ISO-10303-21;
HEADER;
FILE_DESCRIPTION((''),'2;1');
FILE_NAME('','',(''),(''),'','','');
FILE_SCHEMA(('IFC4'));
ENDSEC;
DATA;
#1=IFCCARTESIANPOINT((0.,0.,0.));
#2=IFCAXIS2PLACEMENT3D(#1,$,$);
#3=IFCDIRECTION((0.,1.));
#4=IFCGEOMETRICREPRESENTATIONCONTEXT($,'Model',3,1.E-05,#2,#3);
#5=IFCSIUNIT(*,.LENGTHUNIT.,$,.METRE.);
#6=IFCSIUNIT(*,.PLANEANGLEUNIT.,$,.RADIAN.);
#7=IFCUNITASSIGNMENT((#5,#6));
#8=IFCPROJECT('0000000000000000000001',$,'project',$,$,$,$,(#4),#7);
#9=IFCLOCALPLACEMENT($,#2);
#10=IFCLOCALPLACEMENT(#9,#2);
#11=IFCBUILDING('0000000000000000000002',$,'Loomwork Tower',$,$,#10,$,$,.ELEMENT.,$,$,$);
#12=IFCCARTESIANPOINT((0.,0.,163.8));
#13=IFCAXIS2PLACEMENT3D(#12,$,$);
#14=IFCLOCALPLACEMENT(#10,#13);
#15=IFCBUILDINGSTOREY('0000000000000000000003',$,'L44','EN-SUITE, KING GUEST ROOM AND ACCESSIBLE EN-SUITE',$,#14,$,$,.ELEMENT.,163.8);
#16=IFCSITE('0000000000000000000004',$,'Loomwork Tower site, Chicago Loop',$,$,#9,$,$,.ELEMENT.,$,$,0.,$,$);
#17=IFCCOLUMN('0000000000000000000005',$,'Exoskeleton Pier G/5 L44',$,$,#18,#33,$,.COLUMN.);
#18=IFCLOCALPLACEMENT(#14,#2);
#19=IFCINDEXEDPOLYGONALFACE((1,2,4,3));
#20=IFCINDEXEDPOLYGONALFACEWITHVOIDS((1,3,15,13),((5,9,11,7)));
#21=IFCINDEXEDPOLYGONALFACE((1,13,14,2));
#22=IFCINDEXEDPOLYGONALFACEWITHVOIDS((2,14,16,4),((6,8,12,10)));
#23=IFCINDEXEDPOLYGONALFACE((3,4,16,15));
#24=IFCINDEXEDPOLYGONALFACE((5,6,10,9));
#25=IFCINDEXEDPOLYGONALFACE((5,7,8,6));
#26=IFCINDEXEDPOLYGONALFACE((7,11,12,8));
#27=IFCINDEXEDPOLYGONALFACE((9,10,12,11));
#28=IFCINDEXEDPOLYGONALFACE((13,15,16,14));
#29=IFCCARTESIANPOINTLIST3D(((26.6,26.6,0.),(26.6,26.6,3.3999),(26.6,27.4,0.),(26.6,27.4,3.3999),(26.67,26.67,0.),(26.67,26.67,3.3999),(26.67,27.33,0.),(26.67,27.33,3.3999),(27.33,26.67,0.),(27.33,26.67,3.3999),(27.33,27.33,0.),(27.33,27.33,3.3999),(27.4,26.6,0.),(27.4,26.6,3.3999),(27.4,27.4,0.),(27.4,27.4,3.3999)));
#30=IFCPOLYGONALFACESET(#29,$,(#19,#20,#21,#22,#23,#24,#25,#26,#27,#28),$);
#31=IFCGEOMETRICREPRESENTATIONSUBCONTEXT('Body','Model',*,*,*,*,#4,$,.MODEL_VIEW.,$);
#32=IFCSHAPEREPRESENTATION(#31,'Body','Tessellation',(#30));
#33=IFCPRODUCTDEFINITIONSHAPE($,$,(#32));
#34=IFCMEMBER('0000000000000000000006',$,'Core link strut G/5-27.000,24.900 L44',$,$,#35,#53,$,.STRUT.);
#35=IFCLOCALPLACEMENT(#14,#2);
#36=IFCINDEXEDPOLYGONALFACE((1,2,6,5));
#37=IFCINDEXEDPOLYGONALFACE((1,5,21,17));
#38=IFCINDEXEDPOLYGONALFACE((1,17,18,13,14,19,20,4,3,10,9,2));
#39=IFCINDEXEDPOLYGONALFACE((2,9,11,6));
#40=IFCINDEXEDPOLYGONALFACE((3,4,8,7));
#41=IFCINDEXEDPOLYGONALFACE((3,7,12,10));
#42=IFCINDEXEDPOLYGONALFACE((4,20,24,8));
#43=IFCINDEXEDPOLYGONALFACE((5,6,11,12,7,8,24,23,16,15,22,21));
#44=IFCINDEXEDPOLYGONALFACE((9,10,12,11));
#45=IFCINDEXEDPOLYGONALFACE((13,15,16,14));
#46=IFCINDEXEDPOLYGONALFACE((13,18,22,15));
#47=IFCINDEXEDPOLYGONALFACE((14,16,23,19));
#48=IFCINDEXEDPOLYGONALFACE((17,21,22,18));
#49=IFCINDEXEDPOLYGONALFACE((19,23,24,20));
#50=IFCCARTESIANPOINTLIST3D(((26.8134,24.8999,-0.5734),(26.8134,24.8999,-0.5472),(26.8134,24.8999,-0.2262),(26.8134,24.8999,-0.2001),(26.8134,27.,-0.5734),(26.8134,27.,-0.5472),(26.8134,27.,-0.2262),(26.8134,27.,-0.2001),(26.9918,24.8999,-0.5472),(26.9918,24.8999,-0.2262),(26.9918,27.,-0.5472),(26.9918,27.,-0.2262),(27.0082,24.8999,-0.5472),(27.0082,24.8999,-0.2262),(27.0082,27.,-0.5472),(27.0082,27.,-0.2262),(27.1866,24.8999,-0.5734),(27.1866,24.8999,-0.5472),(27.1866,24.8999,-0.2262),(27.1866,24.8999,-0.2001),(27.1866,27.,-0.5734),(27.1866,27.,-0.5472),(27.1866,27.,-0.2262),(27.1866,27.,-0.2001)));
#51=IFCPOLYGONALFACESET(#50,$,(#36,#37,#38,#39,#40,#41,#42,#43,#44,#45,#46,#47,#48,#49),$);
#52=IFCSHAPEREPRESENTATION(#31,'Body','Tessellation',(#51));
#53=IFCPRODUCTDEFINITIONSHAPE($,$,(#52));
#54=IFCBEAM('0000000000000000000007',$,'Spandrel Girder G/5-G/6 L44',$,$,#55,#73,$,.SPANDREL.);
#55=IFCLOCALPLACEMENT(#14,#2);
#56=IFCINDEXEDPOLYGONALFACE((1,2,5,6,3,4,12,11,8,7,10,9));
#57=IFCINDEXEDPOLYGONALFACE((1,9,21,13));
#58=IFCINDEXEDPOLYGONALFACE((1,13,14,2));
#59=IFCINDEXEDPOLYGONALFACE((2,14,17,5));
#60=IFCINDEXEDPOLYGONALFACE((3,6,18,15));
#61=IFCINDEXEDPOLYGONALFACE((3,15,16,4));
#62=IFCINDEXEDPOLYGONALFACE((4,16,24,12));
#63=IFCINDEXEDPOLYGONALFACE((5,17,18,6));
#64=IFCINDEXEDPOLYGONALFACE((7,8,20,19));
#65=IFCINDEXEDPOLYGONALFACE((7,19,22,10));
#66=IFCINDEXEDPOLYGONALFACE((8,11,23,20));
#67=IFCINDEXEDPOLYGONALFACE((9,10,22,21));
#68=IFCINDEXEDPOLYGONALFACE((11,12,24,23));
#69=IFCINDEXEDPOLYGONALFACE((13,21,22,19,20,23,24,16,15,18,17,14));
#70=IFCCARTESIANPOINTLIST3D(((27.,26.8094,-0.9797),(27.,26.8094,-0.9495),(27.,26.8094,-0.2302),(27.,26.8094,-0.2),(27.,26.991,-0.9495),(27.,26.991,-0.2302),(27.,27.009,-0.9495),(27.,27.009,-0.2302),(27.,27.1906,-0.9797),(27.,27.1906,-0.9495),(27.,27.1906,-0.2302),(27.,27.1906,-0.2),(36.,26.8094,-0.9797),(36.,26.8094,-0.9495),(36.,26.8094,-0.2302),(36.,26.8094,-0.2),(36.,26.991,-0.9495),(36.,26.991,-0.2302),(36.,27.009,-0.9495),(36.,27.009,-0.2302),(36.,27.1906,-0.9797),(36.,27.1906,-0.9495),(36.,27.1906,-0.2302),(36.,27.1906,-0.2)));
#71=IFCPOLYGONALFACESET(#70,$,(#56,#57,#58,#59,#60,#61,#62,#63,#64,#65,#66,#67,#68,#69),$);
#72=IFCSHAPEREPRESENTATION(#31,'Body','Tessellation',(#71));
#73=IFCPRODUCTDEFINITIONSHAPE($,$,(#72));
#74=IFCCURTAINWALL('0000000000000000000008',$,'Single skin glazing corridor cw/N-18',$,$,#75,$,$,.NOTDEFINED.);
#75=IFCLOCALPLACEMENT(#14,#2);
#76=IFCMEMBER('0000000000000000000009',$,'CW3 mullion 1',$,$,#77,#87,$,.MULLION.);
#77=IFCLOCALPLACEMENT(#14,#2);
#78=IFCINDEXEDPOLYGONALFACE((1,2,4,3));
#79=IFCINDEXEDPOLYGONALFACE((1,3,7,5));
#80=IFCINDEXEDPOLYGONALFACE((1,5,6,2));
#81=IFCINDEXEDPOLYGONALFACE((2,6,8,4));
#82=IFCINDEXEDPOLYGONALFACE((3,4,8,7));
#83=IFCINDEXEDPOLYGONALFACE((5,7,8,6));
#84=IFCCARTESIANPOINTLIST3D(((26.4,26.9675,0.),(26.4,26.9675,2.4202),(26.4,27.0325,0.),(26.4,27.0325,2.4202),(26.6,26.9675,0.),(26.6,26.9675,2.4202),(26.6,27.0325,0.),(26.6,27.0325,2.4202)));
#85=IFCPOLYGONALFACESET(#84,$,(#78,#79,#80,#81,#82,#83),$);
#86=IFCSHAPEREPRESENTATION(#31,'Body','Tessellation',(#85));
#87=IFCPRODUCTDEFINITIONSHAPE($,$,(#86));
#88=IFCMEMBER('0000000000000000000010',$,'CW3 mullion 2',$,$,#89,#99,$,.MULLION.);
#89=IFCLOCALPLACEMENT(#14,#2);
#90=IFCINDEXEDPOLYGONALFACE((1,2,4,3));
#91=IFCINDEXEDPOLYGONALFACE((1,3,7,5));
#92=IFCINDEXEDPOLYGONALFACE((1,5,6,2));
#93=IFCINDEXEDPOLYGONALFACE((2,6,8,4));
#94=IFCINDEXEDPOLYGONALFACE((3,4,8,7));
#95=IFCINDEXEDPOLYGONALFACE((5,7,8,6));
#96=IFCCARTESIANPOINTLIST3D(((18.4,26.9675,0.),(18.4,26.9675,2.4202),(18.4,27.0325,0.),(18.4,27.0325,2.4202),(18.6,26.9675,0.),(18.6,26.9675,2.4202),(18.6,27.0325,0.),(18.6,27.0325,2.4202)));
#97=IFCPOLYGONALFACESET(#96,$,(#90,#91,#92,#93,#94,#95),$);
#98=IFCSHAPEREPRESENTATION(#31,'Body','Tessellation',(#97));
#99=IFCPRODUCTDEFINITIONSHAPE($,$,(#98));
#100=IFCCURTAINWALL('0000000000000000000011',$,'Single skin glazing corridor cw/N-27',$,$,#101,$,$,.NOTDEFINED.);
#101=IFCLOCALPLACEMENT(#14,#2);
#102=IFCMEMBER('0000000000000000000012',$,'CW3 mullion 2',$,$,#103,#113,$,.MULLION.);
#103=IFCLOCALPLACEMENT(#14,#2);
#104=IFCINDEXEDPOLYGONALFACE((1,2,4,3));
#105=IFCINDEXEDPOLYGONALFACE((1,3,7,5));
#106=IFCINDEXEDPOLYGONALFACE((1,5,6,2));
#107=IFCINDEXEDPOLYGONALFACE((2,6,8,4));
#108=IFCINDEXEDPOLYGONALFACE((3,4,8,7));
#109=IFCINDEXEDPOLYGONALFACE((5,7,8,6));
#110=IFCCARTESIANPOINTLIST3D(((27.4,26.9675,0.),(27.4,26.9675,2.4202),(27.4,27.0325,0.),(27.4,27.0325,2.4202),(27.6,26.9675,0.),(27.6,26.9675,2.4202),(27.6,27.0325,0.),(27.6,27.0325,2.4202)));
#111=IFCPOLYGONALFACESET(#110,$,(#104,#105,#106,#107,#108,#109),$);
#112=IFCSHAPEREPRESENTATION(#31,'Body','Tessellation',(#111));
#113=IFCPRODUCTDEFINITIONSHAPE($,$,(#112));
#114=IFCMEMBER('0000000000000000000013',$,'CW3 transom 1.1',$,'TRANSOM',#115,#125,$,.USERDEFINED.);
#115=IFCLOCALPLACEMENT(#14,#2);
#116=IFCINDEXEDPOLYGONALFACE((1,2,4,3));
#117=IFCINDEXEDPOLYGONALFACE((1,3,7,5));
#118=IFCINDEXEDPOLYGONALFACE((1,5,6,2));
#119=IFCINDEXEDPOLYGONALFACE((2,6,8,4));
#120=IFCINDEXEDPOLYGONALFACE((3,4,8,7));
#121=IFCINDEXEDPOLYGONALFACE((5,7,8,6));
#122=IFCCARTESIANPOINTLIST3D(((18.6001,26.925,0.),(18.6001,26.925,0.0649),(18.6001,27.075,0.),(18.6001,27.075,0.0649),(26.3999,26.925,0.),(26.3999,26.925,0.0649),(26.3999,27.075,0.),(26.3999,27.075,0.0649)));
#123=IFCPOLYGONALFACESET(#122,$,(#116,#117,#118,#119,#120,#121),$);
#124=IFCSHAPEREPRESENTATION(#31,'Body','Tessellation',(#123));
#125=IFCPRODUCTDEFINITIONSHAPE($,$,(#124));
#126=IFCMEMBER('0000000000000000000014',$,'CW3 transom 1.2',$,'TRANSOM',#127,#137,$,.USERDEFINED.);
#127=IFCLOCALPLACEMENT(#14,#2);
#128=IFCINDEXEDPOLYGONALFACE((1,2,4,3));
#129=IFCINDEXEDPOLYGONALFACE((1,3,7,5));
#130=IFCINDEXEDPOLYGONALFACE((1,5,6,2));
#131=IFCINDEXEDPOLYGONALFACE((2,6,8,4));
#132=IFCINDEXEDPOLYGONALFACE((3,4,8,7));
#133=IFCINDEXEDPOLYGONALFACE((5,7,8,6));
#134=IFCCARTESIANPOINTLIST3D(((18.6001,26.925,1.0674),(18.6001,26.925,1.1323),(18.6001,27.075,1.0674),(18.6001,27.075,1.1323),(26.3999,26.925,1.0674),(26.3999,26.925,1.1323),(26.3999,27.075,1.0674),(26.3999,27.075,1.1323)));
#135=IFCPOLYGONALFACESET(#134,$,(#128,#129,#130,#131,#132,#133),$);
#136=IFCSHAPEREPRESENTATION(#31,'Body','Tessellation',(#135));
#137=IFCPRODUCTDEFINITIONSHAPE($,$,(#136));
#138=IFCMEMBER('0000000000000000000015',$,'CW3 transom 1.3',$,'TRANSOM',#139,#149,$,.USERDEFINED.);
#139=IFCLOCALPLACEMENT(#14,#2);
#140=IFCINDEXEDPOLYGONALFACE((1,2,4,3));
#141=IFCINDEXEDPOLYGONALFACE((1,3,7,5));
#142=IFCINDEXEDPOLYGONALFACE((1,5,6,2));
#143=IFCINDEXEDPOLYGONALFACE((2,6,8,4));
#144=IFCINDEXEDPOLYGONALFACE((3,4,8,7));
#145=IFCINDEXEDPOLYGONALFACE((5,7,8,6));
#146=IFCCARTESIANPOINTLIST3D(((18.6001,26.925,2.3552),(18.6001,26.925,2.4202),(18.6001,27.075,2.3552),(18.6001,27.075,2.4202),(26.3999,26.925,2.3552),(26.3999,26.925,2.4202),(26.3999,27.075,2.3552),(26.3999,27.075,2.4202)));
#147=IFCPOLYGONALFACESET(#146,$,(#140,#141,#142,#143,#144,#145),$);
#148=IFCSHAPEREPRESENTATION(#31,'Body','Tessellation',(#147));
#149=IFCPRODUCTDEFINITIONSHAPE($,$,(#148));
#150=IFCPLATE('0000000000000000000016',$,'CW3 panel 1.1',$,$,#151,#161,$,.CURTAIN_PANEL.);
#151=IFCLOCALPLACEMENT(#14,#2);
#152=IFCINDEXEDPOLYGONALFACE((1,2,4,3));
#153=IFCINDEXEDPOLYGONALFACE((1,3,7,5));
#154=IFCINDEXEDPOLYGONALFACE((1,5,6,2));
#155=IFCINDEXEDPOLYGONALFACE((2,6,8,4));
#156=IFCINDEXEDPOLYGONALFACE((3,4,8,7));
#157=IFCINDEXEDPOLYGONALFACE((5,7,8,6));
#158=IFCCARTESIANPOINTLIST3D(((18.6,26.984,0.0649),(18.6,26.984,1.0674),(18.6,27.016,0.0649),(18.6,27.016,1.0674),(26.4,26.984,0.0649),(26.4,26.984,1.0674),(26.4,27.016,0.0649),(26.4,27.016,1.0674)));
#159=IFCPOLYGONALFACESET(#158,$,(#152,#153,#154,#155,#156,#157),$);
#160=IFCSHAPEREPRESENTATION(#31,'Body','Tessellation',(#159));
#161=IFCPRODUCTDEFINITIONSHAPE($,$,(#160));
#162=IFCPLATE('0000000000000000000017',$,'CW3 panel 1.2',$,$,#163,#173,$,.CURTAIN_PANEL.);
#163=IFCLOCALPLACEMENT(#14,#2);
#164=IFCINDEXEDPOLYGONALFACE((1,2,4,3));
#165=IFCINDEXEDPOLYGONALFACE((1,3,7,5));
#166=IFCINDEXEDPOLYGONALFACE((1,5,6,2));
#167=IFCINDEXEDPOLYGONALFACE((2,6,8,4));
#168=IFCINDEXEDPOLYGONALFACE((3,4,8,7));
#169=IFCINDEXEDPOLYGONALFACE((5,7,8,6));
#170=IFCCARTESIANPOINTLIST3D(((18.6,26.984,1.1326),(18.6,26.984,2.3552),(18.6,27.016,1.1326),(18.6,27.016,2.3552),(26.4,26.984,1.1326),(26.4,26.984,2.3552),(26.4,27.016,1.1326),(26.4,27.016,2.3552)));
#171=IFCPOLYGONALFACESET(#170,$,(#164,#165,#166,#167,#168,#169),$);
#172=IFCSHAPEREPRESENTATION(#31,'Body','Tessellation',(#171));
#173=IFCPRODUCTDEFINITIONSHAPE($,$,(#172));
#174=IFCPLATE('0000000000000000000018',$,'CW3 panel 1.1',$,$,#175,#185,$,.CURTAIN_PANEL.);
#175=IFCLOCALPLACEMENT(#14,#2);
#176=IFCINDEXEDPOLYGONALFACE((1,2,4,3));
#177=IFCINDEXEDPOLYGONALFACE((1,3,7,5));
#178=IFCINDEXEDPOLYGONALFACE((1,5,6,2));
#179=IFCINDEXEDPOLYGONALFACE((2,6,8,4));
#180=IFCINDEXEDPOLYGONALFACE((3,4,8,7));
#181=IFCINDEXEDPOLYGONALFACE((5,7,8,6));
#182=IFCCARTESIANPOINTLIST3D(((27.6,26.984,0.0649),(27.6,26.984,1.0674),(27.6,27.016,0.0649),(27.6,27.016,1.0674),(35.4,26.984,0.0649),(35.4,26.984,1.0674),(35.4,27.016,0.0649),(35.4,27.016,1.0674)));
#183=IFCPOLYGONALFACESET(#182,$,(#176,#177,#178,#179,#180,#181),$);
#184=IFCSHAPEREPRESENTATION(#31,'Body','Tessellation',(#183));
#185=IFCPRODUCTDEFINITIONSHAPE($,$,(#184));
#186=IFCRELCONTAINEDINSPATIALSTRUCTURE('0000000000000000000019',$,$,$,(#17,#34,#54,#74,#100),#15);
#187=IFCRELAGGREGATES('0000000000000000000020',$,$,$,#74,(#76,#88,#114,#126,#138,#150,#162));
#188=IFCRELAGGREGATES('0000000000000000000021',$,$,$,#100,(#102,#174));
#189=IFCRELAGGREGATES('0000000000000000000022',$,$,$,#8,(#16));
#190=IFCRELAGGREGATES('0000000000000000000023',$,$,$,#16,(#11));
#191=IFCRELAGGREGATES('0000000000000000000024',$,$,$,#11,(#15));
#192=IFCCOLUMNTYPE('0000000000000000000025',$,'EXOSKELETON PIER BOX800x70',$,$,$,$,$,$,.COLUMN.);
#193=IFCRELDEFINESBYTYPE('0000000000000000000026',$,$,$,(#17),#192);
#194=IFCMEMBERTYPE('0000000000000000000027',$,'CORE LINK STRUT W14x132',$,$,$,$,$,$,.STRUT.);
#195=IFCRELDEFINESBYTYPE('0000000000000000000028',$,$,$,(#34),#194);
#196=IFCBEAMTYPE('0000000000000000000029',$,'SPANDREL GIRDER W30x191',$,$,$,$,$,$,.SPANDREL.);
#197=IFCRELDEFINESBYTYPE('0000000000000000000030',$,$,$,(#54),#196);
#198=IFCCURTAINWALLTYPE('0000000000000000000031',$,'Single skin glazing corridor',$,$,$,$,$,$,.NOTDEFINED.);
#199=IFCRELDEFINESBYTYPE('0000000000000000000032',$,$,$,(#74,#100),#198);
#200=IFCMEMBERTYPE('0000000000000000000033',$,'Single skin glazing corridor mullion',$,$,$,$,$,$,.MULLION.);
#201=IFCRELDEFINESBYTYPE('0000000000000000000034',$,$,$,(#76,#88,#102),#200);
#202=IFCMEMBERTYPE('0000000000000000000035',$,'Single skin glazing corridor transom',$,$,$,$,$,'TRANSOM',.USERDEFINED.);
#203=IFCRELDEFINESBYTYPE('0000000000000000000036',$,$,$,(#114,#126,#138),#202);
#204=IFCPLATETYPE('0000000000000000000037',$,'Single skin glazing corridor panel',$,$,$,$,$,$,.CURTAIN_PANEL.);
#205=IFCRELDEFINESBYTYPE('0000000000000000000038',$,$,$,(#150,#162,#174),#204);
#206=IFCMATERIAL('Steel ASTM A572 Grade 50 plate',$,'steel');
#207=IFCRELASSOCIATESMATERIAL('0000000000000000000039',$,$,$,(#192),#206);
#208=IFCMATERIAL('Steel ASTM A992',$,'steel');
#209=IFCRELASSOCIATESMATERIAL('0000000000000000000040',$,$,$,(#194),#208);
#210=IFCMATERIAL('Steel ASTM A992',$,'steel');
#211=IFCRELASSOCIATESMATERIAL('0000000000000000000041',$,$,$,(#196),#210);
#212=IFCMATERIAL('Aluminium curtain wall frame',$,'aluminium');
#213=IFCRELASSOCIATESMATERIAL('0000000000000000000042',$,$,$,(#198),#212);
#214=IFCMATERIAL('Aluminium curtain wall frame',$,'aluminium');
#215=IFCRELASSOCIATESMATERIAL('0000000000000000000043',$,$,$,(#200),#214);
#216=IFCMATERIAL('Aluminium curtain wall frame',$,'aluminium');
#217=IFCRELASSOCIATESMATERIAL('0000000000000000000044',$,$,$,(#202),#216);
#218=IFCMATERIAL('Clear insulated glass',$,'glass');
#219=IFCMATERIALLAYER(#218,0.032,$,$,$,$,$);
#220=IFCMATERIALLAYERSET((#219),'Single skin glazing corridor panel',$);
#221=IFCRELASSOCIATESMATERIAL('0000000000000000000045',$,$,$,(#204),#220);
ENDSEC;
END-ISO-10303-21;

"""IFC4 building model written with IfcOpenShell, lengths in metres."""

from ifc_helpers import new_model, si_unit, direction, frame, origin, origin_2d, place, context, subcontext, project, spatial, rectangle, hollow_rectangle, i_section, extrude, material, layer, layer_set, material_profile, profile_set, type_object, element, aggregate, save


model = new_model("IFC4")

# Units and contexts
model_context = context("Model", 3, precision=1e-05, world=origin(), true_north=direction((0.0, 1.0)))
body_context = subcontext(model_context, "Body", "Model", "MODEL_VIEW")
ifc_project = project(units=[si_unit("LENGTHUNIT", "METRE"), si_unit("PLANEANGLEUNIT", "RADIAN")], contexts=[model_context])

# Site, building, storey
site_placement = place(None, origin())
site = spatial("IfcSite", under=ifc_project, at=site_placement, Name="Loomwork Tower site, Chicago Loop", CompositionType="ELEMENT", RefElevation=0.0)
building_placement = place(site_placement, origin())
building = spatial("IfcBuilding", under=site, at=building_placement, Name="Loomwork Tower", CompositionType="ELEMENT")
storey_placement = place(building_placement, frame((0.0, 0.0, 163.8)))
storey = spatial("IfcBuildingStorey", under=building, at=storey_placement, Name="L44", Description="EN-SUITE, KING GUEST ROOM AND ACCESSIBLE EN-SUITE", CompositionType="ELEMENT", Elevation=163.8)

# Column
ifc_material_1 = material(Name="Steel ASTM A572 Grade 50 plate", Category="steel")
ifc_material_profile_1 = material_profile(ifc_material_1, hollow_rectangle(XDim=0.8, YDim=0.8, WallThickness=0.0701, at=origin_2d()), Name="BOX800x70")
ifc_profile_set_1 = profile_set([ifc_material_profile_1], Name="Steel ASTM A572 Grade 50 plate")
column_type = type_object("IfcColumnType", Name="EXOSKELETON PIER BOX800x70", PredefinedType="COLUMN", material=ifc_profile_set_1)
column_placement = place(storey_placement, frame((27.0, 27.0, 0.0), z_axis=(0.0, 0.0, 1.0), x_axis=(1.0, 0.0, 0.0)))
element("IfcColumn", 1, at=column_placement, inside=storey, type_object=column_type, Name="Exoskeleton Pier G/5 L44", PredefinedType="COLUMN", context=body_context, shape_type="SweptSolid", body=[
    extrude(hollow_rectangle(XDim=0.8, YDim=0.8, WallThickness=0.0701, at=origin_2d()), origin(), (0.0, 0.0, 1.0), 3.3999),
])

# Member
ifc_material_2 = material(Name="Steel ASTM A992", Category="steel")
ifc_material_profile_2 = material_profile(ifc_material_2, i_section(OverallWidth=0.3733, OverallDepth=0.3733, WebThickness=0.0164, FlangeThickness=0.0261, at=origin_2d()), Name="W14x132")
ifc_profile_set_2 = profile_set([ifc_material_profile_2], Name="Steel ASTM A992")
member_type_1 = type_object("IfcMemberType", Name="CORE LINK STRUT W14x132", PredefinedType="STRUT", material=ifc_profile_set_2)
member_1_placement = place(storey_placement, frame((27.0, 27.0, -0.3867), z_axis=(0.0, -1.0, 0.0), x_axis=(1.0, 0.0, 0.0)))
element("IfcMember", 2, at=member_1_placement, inside=storey, type_object=member_type_1, Name="Core link strut G/5-27.000,24.900 L44", PredefinedType="STRUT", context=body_context, shape_type="SweptSolid", body=[
    extrude(i_section(OverallWidth=0.3733, OverallDepth=0.3733, WebThickness=0.0164, FlangeThickness=0.0261, at=origin_2d()), origin(), (0.0, 0.0, 1.0), 2.1001),
])

# Beam
ifc_material_3 = material(Name="Steel ASTM A992", Category="steel")
ifc_material_profile_3 = material_profile(ifc_material_3, i_section(OverallWidth=0.3811, OverallDepth=0.7798, WebThickness=0.0181, FlangeThickness=0.0303, at=origin_2d()), Name="W30x191")
ifc_profile_set_3 = profile_set([ifc_material_profile_3], Name="Steel ASTM A992")
beam_type = type_object("IfcBeamType", Name="SPANDREL GIRDER W30x191", PredefinedType="SPANDREL", material=ifc_profile_set_3)
beam_placement = place(storey_placement, frame((27.0, 27.0, -0.5898), z_axis=(1.0, 0.0, 0.0), x_axis=(0.0, 1.0, 0.0)))
element("IfcBeam", 3, at=beam_placement, inside=storey, type_object=beam_type, Name="Spandrel Girder G/5-G/6 L44", PredefinedType="SPANDREL", context=body_context, shape_type="SweptSolid", body=[
    extrude(i_section(OverallWidth=0.3811, OverallDepth=0.7798, WebThickness=0.0181, FlangeThickness=0.0303, at=origin_2d()), origin(), (0.0, 0.0, 1.0), 9.0),
])

# Curtain wall, members
ifc_material_4 = material(Name="Aluminium curtain wall frame", Category="aluminium")
curtain_wall_type = type_object("IfcCurtainWallType", Name="Single skin glazing corridor", PredefinedType="NOTDEFINED", material=ifc_material_4)
curtain_wall_1_placement = place(storey_placement, origin())
curtain_wall_1 = element("IfcCurtainWall", 4, at=curtain_wall_1_placement, inside=storey, type_object=curtain_wall_type, Name="Single skin glazing corridor cw/N-18", PredefinedType="NOTDEFINED")
ifc_material_5 = material(Name="Aluminium curtain wall frame", Category="aluminium")
ifc_material_profile_4 = material_profile(ifc_material_5, rectangle(XDim=0.0649, YDim=0.2, at=origin_2d()), Name="AL 65x200")
ifc_profile_set_4 = profile_set([ifc_material_profile_4], Name="Aluminium curtain wall frame")
member_type_2 = type_object("IfcMemberType", Name="Single skin glazing corridor mullion", PredefinedType="MULLION", material=ifc_profile_set_4)
member_2_placement = place(storey_placement, frame((26.5, 27.0, 0.0), z_axis=(0.0, 0.0, 1.0), x_axis=(0.0, -1.0, 0.0)))
member_2 = element("IfcMember", 5, at=member_2_placement, type_object=member_type_2, Name="CW3 mullion 1", PredefinedType="MULLION", context=body_context, shape_type="SweptSolid", body=[
    extrude(rectangle(XDim=0.0649, YDim=0.2, at=origin_2d()), origin(), (0.0, 0.0, 1.0), 2.4202),
])
member_3_placement = place(storey_placement, frame((18.5, 27.0, 0.0), z_axis=(0.0, 0.0, 1.0), x_axis=(0.0, -1.0, 0.0)))
member_3 = element("IfcMember", 6, at=member_3_placement, type_object=member_type_2, Name="CW3 mullion 2", PredefinedType="MULLION", context=body_context, shape_type="SweptSolid", body=[
    extrude(rectangle(XDim=0.0649, YDim=0.2, at=origin_2d()), origin(), (0.0, 0.0, 1.0), 2.4202),
])

# Curtain wall, member
curtain_wall_2_placement = place(storey_placement, origin())
curtain_wall_2 = element("IfcCurtainWall", 7, at=curtain_wall_2_placement, inside=storey, type_object=curtain_wall_type, Name="Single skin glazing corridor cw/N-27", PredefinedType="NOTDEFINED")
member_4_placement = place(storey_placement, frame((27.5, 27.0, 0.0), z_axis=(0.0, 0.0, 1.0), x_axis=(0.0, -1.0, 0.0)))
member_4 = element("IfcMember", 8, at=member_4_placement, type_object=member_type_2, Name="CW3 mullion 2", PredefinedType="MULLION", context=body_context, shape_type="SweptSolid", body=[
    extrude(rectangle(XDim=0.0649, YDim=0.2, at=origin_2d()), origin(), (0.0, 0.0, 1.0), 2.4202),
])

# Members
ifc_material_6 = material(Name="Aluminium curtain wall frame", Category="aluminium")
ifc_material_profile_5 = material_profile(ifc_material_6, rectangle(XDim=0.1499, YDim=0.0649, at=origin_2d()), Name="AL 65x150")
ifc_profile_set_5 = profile_set([ifc_material_profile_5], Name="Aluminium curtain wall frame")
member_type_3 = type_object("IfcMemberType", Name="Single skin glazing corridor transom", ElementType="TRANSOM", PredefinedType="USERDEFINED", material=ifc_profile_set_5)
member_5_placement = place(storey_placement, frame((26.3999, 27.0, 0.0325), z_axis=(-1.0, 0.0, 0.0), x_axis=(0.0, -1.0, 0.0)))
member_5 = element("IfcMember", 9, at=member_5_placement, type_object=member_type_3, Name="CW3 transom 1.1", ObjectType="TRANSOM", PredefinedType="USERDEFINED", context=body_context, shape_type="SweptSolid", body=[
    extrude(rectangle(XDim=0.1499, YDim=0.0649, at=origin_2d()), origin(), (0.0, 0.0, 1.0), 7.7998),
])
member_6_placement = place(storey_placement, frame((26.3999, 27.0, 1.0999), z_axis=(-1.0, 0.0, 0.0), x_axis=(0.0, -1.0, 0.0)))
member_6 = element("IfcMember", 10, at=member_6_placement, type_object=member_type_3, Name="CW3 transom 1.2", ObjectType="TRANSOM", PredefinedType="USERDEFINED", context=body_context, shape_type="SweptSolid", body=[
    extrude(rectangle(XDim=0.1499, YDim=0.0649, at=origin_2d()), origin(), (0.0, 0.0, 1.0), 7.7998),
])
member_7_placement = place(storey_placement, frame((26.3999, 27.0, 2.3877), z_axis=(-1.0, 0.0, 0.0), x_axis=(0.0, -1.0, 0.0)))
member_7 = element("IfcMember", 11, at=member_7_placement, type_object=member_type_3, Name="CW3 transom 1.3", ObjectType="TRANSOM", PredefinedType="USERDEFINED", context=body_context, shape_type="SweptSolid", body=[
    extrude(rectangle(XDim=0.1499, YDim=0.0649, at=origin_2d()), origin(), (0.0, 0.0, 1.0), 7.7998),
])

# Plates
ifc_material_7 = material(Name="Clear insulated glass", Category="glass")
ifc_layer_1 = layer(ifc_material_7, 0.032)
ifc_layer_set_1 = layer_set([ifc_layer_1], Name="Single skin glazing corridor panel")
plate_type = type_object("IfcPlateType", Name="Single skin glazing corridor panel", PredefinedType="CURTAIN_PANEL", material=ifc_layer_set_1)
plate_1_placement = place(storey_placement, frame((22.5, 27.0, 0.0649), z_axis=(0.0, 0.0, 1.0), x_axis=(-1.0, 0.0, 0.0)))
plate_1 = element("IfcPlate", 12, at=plate_1_placement, type_object=plate_type, Name="CW3 panel 1.1", PredefinedType="CURTAIN_PANEL", context=body_context, shape_type="SweptSolid", body=[
    extrude(rectangle(XDim=7.8, YDim=0.032, at=origin_2d()), origin(), (0.0, 0.0, 1.0), 1.0024),
])
plate_2_placement = place(storey_placement, frame((22.5, 27.0, 1.1326), z_axis=(0.0, 0.0, 1.0), x_axis=(-1.0, 0.0, 0.0)))
plate_2 = element("IfcPlate", 13, at=plate_2_placement, type_object=plate_type, Name="CW3 panel 1.2", PredefinedType="CURTAIN_PANEL", context=body_context, shape_type="SweptSolid", body=[
    extrude(rectangle(XDim=7.8, YDim=0.032, at=origin_2d()), origin(), (0.0, 0.0, 1.0), 1.2227),
])
aggregate(curtain_wall_1, [member_2, member_3, member_5, member_6, member_7, plate_1, plate_2])
plate_3_placement = place(storey_placement, frame((31.5, 27.0, 0.0649), z_axis=(0.0, 0.0, 1.0), x_axis=(-1.0, 0.0, 0.0)))
plate_3 = element("IfcPlate", 14, at=plate_3_placement, type_object=plate_type, Name="CW3 panel 1.1", PredefinedType="CURTAIN_PANEL", context=body_context, shape_type="SweptSolid", body=[
    extrude(rectangle(XDim=7.8, YDim=0.032, at=origin_2d()), origin(), (0.0, 0.0, 1.0), 1.0024),
])
aggregate(curtain_wall_2, [member_4, plate_3])

save(model, "model.ifc")
